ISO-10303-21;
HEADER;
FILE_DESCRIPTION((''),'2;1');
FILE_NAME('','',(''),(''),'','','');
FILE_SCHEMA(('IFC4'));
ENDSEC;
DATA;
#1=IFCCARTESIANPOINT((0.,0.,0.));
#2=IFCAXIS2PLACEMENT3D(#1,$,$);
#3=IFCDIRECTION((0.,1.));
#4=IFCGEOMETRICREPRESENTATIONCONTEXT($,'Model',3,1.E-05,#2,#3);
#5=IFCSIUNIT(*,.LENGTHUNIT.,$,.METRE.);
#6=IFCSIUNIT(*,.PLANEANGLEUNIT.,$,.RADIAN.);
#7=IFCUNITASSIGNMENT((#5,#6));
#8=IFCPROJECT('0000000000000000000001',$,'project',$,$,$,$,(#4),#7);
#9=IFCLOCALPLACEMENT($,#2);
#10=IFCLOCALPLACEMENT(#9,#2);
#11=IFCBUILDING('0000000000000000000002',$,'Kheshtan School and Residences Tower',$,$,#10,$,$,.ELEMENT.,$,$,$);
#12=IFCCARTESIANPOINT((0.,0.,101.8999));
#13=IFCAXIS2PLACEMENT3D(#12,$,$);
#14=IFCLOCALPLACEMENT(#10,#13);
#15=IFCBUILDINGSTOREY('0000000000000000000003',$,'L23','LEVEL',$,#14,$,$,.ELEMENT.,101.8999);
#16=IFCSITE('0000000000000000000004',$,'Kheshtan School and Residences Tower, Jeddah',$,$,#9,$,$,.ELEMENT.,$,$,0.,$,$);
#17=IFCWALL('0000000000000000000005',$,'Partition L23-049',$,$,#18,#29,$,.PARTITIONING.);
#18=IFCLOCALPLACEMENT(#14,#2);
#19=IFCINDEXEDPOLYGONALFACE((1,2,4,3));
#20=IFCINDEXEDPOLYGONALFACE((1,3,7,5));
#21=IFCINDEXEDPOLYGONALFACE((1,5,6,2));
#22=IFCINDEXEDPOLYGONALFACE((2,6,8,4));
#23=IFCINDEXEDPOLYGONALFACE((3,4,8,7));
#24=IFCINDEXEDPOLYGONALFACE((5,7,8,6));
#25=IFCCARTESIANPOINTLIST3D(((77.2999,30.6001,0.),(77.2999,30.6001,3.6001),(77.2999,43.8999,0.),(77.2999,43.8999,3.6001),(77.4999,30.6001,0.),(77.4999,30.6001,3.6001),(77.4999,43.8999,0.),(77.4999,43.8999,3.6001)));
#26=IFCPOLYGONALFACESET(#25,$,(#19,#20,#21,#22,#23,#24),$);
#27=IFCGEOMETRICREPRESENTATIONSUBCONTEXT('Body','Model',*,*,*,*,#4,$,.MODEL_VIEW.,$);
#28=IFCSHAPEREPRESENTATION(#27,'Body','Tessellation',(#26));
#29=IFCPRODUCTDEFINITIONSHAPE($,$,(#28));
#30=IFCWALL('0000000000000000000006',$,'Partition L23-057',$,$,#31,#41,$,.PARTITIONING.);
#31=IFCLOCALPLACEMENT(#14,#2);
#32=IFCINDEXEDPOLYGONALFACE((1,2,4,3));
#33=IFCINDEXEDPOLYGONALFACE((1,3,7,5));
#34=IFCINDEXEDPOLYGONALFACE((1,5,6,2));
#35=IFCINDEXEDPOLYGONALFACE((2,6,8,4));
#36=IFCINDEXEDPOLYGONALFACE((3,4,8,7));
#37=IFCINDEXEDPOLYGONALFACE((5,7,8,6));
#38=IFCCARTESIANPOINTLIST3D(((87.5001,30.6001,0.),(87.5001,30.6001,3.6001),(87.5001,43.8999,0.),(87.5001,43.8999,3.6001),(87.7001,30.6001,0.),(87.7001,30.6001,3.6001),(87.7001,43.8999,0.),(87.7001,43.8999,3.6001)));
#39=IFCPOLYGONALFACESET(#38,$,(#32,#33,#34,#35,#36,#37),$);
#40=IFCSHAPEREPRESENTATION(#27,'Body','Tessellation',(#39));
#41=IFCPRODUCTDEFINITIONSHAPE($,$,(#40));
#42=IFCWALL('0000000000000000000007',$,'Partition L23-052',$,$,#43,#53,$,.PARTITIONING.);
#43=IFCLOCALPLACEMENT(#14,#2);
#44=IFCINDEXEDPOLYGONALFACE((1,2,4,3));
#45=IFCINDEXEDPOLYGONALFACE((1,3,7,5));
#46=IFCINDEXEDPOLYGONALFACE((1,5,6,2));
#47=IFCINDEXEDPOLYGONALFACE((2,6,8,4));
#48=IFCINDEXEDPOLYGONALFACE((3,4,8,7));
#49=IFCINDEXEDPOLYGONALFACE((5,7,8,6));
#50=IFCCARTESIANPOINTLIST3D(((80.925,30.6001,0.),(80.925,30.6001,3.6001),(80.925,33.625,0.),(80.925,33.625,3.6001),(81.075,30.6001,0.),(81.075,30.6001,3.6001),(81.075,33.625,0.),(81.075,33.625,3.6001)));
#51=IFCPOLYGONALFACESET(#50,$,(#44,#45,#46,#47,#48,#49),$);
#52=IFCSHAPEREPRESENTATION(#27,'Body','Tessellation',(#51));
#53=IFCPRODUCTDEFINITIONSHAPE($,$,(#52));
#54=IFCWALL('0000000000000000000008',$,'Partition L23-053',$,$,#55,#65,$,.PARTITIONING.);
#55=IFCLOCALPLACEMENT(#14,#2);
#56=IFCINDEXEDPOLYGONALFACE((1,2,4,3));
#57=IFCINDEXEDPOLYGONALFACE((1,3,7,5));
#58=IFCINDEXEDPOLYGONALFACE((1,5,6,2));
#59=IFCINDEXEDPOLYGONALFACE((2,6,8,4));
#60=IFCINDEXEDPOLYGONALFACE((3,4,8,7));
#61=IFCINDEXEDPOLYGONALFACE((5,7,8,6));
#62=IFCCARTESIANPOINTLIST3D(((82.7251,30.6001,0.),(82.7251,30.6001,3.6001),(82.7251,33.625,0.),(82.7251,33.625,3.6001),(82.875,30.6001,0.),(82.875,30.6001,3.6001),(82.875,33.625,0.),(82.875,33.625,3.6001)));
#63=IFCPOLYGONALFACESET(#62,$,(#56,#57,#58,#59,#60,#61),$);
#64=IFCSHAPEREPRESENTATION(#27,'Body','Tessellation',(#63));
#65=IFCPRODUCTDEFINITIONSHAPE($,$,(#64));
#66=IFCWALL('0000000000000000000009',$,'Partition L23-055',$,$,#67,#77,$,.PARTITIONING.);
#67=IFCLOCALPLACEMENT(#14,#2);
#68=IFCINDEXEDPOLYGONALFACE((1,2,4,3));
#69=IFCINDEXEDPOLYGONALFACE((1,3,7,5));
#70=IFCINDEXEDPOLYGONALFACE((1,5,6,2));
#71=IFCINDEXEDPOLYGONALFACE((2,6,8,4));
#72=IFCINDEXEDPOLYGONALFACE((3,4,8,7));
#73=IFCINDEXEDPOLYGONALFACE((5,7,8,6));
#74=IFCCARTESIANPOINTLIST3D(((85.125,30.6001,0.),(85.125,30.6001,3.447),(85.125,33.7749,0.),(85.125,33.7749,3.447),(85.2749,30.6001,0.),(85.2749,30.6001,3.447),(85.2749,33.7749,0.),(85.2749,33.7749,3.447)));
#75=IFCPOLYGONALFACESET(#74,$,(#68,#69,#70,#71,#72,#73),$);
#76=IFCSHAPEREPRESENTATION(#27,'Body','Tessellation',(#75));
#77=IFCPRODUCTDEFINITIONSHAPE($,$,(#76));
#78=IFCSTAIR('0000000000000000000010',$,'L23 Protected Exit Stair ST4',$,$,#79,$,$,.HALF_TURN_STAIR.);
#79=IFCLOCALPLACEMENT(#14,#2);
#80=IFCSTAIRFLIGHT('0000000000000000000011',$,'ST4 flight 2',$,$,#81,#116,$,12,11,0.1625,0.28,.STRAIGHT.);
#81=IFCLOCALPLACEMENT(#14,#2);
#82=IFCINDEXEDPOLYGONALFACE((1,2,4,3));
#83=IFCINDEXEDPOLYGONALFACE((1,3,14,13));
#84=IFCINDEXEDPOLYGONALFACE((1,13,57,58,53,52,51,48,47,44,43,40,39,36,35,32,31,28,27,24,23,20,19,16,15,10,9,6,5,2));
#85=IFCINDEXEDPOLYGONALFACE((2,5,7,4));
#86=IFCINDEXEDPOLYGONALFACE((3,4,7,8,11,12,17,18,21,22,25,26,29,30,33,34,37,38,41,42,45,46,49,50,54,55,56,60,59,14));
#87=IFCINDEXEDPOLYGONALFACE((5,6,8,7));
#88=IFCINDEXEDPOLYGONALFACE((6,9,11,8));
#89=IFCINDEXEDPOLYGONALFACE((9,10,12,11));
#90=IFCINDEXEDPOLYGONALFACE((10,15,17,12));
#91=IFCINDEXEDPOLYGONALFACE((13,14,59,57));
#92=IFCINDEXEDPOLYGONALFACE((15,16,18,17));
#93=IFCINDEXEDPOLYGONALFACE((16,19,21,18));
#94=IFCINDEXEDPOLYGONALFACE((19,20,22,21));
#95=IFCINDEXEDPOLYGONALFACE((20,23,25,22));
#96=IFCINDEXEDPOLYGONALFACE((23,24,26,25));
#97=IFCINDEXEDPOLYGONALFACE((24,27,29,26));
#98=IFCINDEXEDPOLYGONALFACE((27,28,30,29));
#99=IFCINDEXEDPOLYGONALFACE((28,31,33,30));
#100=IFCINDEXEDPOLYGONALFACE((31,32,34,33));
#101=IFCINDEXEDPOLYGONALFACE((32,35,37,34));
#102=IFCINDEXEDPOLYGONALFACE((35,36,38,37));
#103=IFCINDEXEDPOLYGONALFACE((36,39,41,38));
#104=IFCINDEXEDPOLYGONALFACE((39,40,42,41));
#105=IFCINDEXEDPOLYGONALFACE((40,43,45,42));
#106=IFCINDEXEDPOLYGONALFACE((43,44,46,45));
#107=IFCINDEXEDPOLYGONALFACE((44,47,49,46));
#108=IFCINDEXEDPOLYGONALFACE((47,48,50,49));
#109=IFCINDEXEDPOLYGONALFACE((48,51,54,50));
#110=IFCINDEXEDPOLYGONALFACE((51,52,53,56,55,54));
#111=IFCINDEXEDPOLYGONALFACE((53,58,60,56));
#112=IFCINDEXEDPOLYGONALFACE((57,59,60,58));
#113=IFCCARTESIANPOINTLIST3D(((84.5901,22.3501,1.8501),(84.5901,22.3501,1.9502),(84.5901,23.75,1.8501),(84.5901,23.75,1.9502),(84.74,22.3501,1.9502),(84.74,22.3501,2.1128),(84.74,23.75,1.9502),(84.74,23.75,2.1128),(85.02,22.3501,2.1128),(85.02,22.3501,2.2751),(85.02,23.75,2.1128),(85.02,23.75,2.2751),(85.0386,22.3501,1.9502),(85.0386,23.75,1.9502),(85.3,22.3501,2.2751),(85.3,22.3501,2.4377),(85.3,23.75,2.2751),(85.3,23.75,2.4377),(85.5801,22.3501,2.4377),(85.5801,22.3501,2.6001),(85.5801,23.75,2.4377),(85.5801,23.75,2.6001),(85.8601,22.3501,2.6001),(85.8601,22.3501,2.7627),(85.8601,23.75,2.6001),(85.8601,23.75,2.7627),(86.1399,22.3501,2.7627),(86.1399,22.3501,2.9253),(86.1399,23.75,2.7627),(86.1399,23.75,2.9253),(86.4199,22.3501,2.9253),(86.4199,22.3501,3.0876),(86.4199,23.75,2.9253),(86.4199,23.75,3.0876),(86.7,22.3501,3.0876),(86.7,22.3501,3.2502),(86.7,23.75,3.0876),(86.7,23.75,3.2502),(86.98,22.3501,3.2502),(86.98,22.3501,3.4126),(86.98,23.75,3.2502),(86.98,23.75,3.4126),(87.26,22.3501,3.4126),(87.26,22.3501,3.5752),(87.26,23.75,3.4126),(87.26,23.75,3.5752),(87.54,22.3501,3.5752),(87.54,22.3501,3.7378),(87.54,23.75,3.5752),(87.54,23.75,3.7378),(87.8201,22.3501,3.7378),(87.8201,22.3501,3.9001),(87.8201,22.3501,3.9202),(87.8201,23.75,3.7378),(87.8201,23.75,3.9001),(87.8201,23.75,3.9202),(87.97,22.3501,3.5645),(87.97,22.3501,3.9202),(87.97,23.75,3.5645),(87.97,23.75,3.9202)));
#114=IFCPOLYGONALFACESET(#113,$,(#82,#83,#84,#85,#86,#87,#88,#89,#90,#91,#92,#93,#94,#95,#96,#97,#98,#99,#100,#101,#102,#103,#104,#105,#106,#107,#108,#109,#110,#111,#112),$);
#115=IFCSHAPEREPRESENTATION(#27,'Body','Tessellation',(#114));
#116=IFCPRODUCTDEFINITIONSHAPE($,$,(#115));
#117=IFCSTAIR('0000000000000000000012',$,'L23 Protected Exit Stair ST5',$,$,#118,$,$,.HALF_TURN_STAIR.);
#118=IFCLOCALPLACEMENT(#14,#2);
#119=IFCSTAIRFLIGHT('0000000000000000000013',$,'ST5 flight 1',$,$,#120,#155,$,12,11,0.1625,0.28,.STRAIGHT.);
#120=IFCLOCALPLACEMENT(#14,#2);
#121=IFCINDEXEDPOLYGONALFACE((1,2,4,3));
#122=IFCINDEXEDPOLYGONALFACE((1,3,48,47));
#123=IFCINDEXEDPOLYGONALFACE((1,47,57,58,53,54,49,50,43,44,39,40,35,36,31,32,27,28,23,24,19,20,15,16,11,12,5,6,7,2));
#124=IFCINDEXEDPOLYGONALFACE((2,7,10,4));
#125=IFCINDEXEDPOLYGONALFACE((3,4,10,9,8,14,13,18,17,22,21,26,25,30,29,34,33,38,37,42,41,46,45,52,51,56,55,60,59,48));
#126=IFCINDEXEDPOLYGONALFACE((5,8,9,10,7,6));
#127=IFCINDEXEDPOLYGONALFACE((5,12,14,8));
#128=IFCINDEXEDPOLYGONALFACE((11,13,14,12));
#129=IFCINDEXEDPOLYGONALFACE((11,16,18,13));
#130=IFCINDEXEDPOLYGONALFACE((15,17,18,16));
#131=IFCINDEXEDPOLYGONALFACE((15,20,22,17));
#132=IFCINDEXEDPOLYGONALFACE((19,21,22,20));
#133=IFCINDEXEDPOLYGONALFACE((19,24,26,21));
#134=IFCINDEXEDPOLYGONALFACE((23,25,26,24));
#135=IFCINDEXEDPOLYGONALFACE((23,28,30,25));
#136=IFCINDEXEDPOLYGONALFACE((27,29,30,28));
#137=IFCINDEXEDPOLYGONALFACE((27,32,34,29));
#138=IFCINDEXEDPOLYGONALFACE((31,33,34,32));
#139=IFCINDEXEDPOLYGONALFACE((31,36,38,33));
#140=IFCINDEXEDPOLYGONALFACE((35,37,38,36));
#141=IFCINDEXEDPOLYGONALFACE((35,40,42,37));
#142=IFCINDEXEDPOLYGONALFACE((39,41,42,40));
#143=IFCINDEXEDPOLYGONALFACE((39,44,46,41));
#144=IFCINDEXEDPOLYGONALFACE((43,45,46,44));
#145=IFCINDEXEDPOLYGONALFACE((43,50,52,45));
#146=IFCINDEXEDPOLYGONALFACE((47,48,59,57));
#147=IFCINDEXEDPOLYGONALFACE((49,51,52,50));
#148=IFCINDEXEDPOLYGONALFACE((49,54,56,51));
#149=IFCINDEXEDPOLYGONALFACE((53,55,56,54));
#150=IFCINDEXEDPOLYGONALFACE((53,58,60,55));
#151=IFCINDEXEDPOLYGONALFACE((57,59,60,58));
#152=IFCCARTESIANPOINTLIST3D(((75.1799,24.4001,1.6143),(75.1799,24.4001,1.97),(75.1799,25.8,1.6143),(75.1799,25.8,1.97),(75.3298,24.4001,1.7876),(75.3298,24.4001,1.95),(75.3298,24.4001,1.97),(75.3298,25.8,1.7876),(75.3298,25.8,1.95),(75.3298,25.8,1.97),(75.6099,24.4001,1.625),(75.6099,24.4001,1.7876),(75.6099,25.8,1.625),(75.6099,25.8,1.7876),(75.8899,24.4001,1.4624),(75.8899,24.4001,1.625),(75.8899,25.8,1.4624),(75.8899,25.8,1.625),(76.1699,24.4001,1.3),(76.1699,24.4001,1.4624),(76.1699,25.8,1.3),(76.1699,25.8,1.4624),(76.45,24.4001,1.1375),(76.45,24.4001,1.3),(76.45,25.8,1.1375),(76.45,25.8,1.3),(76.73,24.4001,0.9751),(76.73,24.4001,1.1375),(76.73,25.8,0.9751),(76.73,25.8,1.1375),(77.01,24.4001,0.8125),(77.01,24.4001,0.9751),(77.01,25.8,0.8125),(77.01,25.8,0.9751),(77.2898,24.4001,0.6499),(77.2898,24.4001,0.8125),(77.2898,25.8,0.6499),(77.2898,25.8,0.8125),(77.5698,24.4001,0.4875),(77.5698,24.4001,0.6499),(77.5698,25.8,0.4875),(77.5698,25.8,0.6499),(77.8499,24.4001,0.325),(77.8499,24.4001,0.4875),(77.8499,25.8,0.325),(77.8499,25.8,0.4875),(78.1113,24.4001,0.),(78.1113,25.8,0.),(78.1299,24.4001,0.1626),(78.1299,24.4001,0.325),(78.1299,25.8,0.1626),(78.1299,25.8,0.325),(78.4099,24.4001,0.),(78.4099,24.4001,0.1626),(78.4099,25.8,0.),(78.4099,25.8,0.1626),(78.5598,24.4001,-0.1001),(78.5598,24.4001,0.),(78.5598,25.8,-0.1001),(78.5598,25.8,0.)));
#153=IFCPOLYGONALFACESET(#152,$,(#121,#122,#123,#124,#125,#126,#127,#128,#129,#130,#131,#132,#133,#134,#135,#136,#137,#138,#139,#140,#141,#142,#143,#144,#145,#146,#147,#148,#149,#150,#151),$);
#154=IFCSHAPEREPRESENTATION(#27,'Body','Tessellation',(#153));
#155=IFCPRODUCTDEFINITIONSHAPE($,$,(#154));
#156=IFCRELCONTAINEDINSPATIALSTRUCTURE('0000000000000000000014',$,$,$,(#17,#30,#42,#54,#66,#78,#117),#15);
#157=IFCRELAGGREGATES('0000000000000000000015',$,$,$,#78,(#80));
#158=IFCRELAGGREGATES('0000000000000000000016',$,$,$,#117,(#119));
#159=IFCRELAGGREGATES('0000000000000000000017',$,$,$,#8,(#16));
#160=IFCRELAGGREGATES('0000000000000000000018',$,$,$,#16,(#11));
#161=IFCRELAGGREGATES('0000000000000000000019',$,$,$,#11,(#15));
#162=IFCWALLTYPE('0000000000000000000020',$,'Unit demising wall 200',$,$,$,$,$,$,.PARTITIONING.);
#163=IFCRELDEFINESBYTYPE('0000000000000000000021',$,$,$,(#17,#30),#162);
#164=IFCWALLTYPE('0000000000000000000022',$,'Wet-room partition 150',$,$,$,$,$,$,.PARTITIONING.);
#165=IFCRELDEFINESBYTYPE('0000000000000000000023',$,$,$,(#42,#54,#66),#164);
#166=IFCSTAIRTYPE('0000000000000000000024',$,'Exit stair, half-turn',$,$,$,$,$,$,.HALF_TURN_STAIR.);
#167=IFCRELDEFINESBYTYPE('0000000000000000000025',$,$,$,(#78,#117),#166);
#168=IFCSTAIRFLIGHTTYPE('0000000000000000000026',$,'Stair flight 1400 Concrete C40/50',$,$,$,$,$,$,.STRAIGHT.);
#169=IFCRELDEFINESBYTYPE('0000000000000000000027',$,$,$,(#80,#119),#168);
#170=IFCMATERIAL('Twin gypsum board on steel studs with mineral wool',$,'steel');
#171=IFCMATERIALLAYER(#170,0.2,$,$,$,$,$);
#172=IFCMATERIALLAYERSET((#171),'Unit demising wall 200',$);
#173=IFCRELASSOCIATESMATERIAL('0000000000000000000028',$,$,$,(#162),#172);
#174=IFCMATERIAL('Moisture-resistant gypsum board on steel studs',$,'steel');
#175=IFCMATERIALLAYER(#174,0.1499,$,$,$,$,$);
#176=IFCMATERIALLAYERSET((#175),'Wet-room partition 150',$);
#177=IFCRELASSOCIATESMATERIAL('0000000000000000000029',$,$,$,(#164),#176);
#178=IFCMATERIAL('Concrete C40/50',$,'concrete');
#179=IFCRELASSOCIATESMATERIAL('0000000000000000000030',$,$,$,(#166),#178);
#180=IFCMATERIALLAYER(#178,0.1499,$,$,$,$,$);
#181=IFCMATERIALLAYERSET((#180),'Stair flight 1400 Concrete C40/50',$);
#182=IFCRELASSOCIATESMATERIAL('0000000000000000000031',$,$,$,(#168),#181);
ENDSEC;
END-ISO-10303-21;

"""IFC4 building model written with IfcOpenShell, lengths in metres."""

from ifc_helpers import new_model, si_unit, direction, frame, frame_2d, origin, place, context, subcontext, project, spatial, polyline, rectangle, outline, extrude, material, layer, layer_set, type_object, element, aggregate, save


model = new_model("IFC4")

# Units and contexts
model_context = context("Model", 3, precision=1e-05, world=origin(), true_north=direction((0.0, 1.0)))
body_context = subcontext(model_context, "Body", "Model", "MODEL_VIEW")
ifc_project = project(units=[si_unit("LENGTHUNIT", "METRE"), si_unit("PLANEANGLEUNIT", "RADIAN")], contexts=[model_context])

# Site, building, storey
site_placement = place(None, origin())
site = spatial("IfcSite", under=ifc_project, at=site_placement, Name="Kheshtan School and Residences Tower, Jeddah", CompositionType="ELEMENT", RefElevation=0.0)
building_placement = place(site_placement, origin())
building = spatial("IfcBuilding", under=site, at=building_placement, Name="Kheshtan School and Residences Tower", CompositionType="ELEMENT")
storey_placement = place(building_placement, frame((0.0, 0.0, 101.8999)))
storey = spatial("IfcBuildingStorey", under=building, at=storey_placement, Name="L23", Description="LEVEL", CompositionType="ELEMENT", Elevation=101.8999)

# Shared definitions
ifc_material_1 = material(Name="Concrete C40/50", Category="concrete")

# Walls
ifc_material_2 = material(Name="Twin gypsum board on steel studs with mineral wool", Category="steel")
ifc_layer_1 = layer(ifc_material_2, 0.2)
ifc_layer_set_1 = layer_set([ifc_layer_1], Name="Unit demising wall 200")
wall_type_1 = type_object("IfcWallType", Name="Unit demising wall 200", PredefinedType="PARTITIONING", material=ifc_layer_set_1)
for number, where, z_axis, x_axis, name in (
    (1, (77.3999, 30.6001, 0.0), (0.0, 0.0, 1.0), (0.0, 1.0, 0.0), "Partition L23-049"),
    (2, (87.6001, 30.6001, 0.0), (0.0, 0.0, 1.0), (0.0, 1.0, 0.0), "Partition L23-057"),
):
    element("IfcWall", number, at=place(storey_placement, frame(where, z_axis=z_axis, x_axis=x_axis)), inside=storey, type_object=wall_type_1, Name=name, PredefinedType="PARTITIONING", context=body_context, shape_type="SweptSolid", body=[
        extrude(rectangle(XDim=13.2998, YDim=0.2, at=frame_2d((6.6499, 0.0))), origin(), (0.0, 0.0, 1.0), 3.6001),
    ])
ifc_material_3 = material(Name="Moisture-resistant gypsum board on steel studs", Category="steel")
ifc_layer_2 = layer(ifc_material_3, 0.1499)
ifc_layer_set_2 = layer_set([ifc_layer_2], Name="Wet-room partition 150")
wall_type_2 = type_object("IfcWallType", Name="Wet-room partition 150", PredefinedType="PARTITIONING", material=ifc_layer_set_2)
for number, where, z_axis, x_axis, name in (
    (3, (81.0, 30.6001, 0.0), (0.0, 0.0, 1.0), (0.0, 1.0, 0.0), "Partition L23-052"),
    (4, (82.8, 30.6001, 0.0), (0.0, 0.0, 1.0), (0.0, 1.0, 0.0), "Partition L23-053"),
):
    element("IfcWall", number, at=place(storey_placement, frame(where, z_axis=z_axis, x_axis=x_axis)), inside=storey, type_object=wall_type_2, Name=name, PredefinedType="PARTITIONING", context=body_context, shape_type="SweptSolid", body=[
        extrude(rectangle(XDim=3.0249, YDim=0.1499, at=frame_2d((1.5125, 0.0))), origin(), (0.0, 0.0, 1.0), 3.6001),
    ])
wall_1_placement = place(storey_placement, frame((85.2, 30.6001, 0.0), z_axis=(0.0, 0.0, 1.0), x_axis=(0.0, 1.0, 0.0)))
element("IfcWall", 5, at=wall_1_placement, inside=storey, type_object=wall_type_2, Name="Partition L23-055", PredefinedType="PARTITIONING", context=body_context, shape_type="SweptSolid", body=[
    extrude(rectangle(XDim=3.1748, YDim=0.1499, at=frame_2d((1.5874, 0.0))), origin(), (0.0, 0.0, 1.0), 3.447),
])

# Stairs, stair flights
stair_type = type_object("IfcStairType", Name="Exit stair, half-turn", PredefinedType="HALF_TURN_STAIR", material=ifc_material_1)
stair_1_placement = place(storey_placement, origin())
stair_1 = element("IfcStair", 6, at=stair_1_placement, inside=storey, type_object=stair_type, Name="L23 Protected Exit Stair ST4", PredefinedType="HALF_TURN_STAIR")
ifc_layer_3 = layer(ifc_material_1, 0.1499)
ifc_layer_set_3 = layer_set([ifc_layer_3], Name="Stair flight 1400 Concrete C40/50")
stair_flight_type = type_object("IfcStairFlightType", Name="Stair flight 1400 Concrete C40/50", PredefinedType="STRAIGHT", material=ifc_layer_set_3)
stair_flight_1_placement = place(storey_placement, frame((84.74, 23.05, 1.9502), z_axis=(0.0, 0.0, 1.0), x_axis=(1.0, 0.0, 0.0)))
stair_flight_1 = element("IfcStairFlight", 7, at=stair_flight_1_placement, type_object=stair_flight_type, Name="ST4 flight 2", NumberOfRisers=12, NumberOfTreads=11, PredefinedType="STRAIGHT", RiserHeight=0.1625, TreadLength=0.28, context=body_context, shape_type="SweptSolid", body=[
    extrude(outline(polyline([(-0.1499, -0.1001), (-0.1499, 0.0), (0.0, 0.0), (0.0, 0.1626), (0.28, 0.1626), (0.28, 0.325), (0.5601, 0.325), (0.5601, 0.4875), (0.8401, 0.4875), (0.8401, 0.6499), (1.1201, 0.6499), (1.1201, 0.8125), (1.3999, 0.8125), (1.3999, 0.9751), (1.6799, 0.9751), (1.6799, 1.1375), (1.96, 1.1375), (1.96, 1.3), (2.24, 1.3), (2.24, 1.4624), (2.52, 1.4624), (2.52, 1.625), (2.8, 1.625), (2.8, 1.7876), (3.0801, 1.7876), (3.0801, 1.95), (3.0801, 1.97), (3.23, 1.97), (3.23, 1.6143), (0.2986, 0.0), (-0.1499, -0.1001)])), frame((0.0, 0.7, 0.0), z_axis=(0.0, -1.0, 0.0), x_axis=(1.0, 0.0, 0.0)), (0.0, 0.0, 1.0), 1.3999),
])
aggregate(stair_1, [stair_flight_1])
stair_2_placement = place(storey_placement, origin())
stair_2 = element("IfcStair", 8, at=stair_2_placement, inside=storey, type_object=stair_type, Name="L23 Protected Exit Stair ST5", PredefinedType="HALF_TURN_STAIR")
stair_flight_2_placement = place(storey_placement, frame((78.4099, 25.1001, 0.0), z_axis=(0.0, 0.0, 1.0), x_axis=(-1.0, 0.0, 0.0)))
stair_flight_2 = element("IfcStairFlight", 9, at=stair_flight_2_placement, type_object=stair_flight_type, Name="ST5 flight 1", NumberOfRisers=12, NumberOfTreads=11, PredefinedType="STRAIGHT", RiserHeight=0.1625, TreadLength=0.28, context=body_context, shape_type="SweptSolid", body=[
    extrude(outline(polyline([(-0.1499, -0.1001), (-0.1499, 0.0), (0.0, 0.0), (0.0, 0.1626), (0.28, 0.1626), (0.28, 0.325), (0.5601, 0.325), (0.5601, 0.4875), (0.8401, 0.4875), (0.8401, 0.6499), (1.1201, 0.6499), (1.1201, 0.8125), (1.3999, 0.8125), (1.3999, 0.9751), (1.6799, 0.9751), (1.6799, 1.1375), (1.96, 1.1375), (1.96, 1.3), (2.24, 1.3), (2.24, 1.4624), (2.52, 1.4624), (2.52, 1.625), (2.8, 1.625), (2.8, 1.7876), (3.0801, 1.7876), (3.0801, 1.95), (3.0801, 1.97), (3.23, 1.97), (3.23, 1.6143), (0.2986, 0.0), (-0.1499, -0.1001)])), frame((0.0, 0.7, 0.0), z_axis=(0.0, -1.0, 0.0), x_axis=(1.0, 0.0, 0.0)), (0.0, 0.0, 1.0), 1.3999),
])
aggregate(stair_2, [stair_flight_2])

save(model, "model.ifc")
